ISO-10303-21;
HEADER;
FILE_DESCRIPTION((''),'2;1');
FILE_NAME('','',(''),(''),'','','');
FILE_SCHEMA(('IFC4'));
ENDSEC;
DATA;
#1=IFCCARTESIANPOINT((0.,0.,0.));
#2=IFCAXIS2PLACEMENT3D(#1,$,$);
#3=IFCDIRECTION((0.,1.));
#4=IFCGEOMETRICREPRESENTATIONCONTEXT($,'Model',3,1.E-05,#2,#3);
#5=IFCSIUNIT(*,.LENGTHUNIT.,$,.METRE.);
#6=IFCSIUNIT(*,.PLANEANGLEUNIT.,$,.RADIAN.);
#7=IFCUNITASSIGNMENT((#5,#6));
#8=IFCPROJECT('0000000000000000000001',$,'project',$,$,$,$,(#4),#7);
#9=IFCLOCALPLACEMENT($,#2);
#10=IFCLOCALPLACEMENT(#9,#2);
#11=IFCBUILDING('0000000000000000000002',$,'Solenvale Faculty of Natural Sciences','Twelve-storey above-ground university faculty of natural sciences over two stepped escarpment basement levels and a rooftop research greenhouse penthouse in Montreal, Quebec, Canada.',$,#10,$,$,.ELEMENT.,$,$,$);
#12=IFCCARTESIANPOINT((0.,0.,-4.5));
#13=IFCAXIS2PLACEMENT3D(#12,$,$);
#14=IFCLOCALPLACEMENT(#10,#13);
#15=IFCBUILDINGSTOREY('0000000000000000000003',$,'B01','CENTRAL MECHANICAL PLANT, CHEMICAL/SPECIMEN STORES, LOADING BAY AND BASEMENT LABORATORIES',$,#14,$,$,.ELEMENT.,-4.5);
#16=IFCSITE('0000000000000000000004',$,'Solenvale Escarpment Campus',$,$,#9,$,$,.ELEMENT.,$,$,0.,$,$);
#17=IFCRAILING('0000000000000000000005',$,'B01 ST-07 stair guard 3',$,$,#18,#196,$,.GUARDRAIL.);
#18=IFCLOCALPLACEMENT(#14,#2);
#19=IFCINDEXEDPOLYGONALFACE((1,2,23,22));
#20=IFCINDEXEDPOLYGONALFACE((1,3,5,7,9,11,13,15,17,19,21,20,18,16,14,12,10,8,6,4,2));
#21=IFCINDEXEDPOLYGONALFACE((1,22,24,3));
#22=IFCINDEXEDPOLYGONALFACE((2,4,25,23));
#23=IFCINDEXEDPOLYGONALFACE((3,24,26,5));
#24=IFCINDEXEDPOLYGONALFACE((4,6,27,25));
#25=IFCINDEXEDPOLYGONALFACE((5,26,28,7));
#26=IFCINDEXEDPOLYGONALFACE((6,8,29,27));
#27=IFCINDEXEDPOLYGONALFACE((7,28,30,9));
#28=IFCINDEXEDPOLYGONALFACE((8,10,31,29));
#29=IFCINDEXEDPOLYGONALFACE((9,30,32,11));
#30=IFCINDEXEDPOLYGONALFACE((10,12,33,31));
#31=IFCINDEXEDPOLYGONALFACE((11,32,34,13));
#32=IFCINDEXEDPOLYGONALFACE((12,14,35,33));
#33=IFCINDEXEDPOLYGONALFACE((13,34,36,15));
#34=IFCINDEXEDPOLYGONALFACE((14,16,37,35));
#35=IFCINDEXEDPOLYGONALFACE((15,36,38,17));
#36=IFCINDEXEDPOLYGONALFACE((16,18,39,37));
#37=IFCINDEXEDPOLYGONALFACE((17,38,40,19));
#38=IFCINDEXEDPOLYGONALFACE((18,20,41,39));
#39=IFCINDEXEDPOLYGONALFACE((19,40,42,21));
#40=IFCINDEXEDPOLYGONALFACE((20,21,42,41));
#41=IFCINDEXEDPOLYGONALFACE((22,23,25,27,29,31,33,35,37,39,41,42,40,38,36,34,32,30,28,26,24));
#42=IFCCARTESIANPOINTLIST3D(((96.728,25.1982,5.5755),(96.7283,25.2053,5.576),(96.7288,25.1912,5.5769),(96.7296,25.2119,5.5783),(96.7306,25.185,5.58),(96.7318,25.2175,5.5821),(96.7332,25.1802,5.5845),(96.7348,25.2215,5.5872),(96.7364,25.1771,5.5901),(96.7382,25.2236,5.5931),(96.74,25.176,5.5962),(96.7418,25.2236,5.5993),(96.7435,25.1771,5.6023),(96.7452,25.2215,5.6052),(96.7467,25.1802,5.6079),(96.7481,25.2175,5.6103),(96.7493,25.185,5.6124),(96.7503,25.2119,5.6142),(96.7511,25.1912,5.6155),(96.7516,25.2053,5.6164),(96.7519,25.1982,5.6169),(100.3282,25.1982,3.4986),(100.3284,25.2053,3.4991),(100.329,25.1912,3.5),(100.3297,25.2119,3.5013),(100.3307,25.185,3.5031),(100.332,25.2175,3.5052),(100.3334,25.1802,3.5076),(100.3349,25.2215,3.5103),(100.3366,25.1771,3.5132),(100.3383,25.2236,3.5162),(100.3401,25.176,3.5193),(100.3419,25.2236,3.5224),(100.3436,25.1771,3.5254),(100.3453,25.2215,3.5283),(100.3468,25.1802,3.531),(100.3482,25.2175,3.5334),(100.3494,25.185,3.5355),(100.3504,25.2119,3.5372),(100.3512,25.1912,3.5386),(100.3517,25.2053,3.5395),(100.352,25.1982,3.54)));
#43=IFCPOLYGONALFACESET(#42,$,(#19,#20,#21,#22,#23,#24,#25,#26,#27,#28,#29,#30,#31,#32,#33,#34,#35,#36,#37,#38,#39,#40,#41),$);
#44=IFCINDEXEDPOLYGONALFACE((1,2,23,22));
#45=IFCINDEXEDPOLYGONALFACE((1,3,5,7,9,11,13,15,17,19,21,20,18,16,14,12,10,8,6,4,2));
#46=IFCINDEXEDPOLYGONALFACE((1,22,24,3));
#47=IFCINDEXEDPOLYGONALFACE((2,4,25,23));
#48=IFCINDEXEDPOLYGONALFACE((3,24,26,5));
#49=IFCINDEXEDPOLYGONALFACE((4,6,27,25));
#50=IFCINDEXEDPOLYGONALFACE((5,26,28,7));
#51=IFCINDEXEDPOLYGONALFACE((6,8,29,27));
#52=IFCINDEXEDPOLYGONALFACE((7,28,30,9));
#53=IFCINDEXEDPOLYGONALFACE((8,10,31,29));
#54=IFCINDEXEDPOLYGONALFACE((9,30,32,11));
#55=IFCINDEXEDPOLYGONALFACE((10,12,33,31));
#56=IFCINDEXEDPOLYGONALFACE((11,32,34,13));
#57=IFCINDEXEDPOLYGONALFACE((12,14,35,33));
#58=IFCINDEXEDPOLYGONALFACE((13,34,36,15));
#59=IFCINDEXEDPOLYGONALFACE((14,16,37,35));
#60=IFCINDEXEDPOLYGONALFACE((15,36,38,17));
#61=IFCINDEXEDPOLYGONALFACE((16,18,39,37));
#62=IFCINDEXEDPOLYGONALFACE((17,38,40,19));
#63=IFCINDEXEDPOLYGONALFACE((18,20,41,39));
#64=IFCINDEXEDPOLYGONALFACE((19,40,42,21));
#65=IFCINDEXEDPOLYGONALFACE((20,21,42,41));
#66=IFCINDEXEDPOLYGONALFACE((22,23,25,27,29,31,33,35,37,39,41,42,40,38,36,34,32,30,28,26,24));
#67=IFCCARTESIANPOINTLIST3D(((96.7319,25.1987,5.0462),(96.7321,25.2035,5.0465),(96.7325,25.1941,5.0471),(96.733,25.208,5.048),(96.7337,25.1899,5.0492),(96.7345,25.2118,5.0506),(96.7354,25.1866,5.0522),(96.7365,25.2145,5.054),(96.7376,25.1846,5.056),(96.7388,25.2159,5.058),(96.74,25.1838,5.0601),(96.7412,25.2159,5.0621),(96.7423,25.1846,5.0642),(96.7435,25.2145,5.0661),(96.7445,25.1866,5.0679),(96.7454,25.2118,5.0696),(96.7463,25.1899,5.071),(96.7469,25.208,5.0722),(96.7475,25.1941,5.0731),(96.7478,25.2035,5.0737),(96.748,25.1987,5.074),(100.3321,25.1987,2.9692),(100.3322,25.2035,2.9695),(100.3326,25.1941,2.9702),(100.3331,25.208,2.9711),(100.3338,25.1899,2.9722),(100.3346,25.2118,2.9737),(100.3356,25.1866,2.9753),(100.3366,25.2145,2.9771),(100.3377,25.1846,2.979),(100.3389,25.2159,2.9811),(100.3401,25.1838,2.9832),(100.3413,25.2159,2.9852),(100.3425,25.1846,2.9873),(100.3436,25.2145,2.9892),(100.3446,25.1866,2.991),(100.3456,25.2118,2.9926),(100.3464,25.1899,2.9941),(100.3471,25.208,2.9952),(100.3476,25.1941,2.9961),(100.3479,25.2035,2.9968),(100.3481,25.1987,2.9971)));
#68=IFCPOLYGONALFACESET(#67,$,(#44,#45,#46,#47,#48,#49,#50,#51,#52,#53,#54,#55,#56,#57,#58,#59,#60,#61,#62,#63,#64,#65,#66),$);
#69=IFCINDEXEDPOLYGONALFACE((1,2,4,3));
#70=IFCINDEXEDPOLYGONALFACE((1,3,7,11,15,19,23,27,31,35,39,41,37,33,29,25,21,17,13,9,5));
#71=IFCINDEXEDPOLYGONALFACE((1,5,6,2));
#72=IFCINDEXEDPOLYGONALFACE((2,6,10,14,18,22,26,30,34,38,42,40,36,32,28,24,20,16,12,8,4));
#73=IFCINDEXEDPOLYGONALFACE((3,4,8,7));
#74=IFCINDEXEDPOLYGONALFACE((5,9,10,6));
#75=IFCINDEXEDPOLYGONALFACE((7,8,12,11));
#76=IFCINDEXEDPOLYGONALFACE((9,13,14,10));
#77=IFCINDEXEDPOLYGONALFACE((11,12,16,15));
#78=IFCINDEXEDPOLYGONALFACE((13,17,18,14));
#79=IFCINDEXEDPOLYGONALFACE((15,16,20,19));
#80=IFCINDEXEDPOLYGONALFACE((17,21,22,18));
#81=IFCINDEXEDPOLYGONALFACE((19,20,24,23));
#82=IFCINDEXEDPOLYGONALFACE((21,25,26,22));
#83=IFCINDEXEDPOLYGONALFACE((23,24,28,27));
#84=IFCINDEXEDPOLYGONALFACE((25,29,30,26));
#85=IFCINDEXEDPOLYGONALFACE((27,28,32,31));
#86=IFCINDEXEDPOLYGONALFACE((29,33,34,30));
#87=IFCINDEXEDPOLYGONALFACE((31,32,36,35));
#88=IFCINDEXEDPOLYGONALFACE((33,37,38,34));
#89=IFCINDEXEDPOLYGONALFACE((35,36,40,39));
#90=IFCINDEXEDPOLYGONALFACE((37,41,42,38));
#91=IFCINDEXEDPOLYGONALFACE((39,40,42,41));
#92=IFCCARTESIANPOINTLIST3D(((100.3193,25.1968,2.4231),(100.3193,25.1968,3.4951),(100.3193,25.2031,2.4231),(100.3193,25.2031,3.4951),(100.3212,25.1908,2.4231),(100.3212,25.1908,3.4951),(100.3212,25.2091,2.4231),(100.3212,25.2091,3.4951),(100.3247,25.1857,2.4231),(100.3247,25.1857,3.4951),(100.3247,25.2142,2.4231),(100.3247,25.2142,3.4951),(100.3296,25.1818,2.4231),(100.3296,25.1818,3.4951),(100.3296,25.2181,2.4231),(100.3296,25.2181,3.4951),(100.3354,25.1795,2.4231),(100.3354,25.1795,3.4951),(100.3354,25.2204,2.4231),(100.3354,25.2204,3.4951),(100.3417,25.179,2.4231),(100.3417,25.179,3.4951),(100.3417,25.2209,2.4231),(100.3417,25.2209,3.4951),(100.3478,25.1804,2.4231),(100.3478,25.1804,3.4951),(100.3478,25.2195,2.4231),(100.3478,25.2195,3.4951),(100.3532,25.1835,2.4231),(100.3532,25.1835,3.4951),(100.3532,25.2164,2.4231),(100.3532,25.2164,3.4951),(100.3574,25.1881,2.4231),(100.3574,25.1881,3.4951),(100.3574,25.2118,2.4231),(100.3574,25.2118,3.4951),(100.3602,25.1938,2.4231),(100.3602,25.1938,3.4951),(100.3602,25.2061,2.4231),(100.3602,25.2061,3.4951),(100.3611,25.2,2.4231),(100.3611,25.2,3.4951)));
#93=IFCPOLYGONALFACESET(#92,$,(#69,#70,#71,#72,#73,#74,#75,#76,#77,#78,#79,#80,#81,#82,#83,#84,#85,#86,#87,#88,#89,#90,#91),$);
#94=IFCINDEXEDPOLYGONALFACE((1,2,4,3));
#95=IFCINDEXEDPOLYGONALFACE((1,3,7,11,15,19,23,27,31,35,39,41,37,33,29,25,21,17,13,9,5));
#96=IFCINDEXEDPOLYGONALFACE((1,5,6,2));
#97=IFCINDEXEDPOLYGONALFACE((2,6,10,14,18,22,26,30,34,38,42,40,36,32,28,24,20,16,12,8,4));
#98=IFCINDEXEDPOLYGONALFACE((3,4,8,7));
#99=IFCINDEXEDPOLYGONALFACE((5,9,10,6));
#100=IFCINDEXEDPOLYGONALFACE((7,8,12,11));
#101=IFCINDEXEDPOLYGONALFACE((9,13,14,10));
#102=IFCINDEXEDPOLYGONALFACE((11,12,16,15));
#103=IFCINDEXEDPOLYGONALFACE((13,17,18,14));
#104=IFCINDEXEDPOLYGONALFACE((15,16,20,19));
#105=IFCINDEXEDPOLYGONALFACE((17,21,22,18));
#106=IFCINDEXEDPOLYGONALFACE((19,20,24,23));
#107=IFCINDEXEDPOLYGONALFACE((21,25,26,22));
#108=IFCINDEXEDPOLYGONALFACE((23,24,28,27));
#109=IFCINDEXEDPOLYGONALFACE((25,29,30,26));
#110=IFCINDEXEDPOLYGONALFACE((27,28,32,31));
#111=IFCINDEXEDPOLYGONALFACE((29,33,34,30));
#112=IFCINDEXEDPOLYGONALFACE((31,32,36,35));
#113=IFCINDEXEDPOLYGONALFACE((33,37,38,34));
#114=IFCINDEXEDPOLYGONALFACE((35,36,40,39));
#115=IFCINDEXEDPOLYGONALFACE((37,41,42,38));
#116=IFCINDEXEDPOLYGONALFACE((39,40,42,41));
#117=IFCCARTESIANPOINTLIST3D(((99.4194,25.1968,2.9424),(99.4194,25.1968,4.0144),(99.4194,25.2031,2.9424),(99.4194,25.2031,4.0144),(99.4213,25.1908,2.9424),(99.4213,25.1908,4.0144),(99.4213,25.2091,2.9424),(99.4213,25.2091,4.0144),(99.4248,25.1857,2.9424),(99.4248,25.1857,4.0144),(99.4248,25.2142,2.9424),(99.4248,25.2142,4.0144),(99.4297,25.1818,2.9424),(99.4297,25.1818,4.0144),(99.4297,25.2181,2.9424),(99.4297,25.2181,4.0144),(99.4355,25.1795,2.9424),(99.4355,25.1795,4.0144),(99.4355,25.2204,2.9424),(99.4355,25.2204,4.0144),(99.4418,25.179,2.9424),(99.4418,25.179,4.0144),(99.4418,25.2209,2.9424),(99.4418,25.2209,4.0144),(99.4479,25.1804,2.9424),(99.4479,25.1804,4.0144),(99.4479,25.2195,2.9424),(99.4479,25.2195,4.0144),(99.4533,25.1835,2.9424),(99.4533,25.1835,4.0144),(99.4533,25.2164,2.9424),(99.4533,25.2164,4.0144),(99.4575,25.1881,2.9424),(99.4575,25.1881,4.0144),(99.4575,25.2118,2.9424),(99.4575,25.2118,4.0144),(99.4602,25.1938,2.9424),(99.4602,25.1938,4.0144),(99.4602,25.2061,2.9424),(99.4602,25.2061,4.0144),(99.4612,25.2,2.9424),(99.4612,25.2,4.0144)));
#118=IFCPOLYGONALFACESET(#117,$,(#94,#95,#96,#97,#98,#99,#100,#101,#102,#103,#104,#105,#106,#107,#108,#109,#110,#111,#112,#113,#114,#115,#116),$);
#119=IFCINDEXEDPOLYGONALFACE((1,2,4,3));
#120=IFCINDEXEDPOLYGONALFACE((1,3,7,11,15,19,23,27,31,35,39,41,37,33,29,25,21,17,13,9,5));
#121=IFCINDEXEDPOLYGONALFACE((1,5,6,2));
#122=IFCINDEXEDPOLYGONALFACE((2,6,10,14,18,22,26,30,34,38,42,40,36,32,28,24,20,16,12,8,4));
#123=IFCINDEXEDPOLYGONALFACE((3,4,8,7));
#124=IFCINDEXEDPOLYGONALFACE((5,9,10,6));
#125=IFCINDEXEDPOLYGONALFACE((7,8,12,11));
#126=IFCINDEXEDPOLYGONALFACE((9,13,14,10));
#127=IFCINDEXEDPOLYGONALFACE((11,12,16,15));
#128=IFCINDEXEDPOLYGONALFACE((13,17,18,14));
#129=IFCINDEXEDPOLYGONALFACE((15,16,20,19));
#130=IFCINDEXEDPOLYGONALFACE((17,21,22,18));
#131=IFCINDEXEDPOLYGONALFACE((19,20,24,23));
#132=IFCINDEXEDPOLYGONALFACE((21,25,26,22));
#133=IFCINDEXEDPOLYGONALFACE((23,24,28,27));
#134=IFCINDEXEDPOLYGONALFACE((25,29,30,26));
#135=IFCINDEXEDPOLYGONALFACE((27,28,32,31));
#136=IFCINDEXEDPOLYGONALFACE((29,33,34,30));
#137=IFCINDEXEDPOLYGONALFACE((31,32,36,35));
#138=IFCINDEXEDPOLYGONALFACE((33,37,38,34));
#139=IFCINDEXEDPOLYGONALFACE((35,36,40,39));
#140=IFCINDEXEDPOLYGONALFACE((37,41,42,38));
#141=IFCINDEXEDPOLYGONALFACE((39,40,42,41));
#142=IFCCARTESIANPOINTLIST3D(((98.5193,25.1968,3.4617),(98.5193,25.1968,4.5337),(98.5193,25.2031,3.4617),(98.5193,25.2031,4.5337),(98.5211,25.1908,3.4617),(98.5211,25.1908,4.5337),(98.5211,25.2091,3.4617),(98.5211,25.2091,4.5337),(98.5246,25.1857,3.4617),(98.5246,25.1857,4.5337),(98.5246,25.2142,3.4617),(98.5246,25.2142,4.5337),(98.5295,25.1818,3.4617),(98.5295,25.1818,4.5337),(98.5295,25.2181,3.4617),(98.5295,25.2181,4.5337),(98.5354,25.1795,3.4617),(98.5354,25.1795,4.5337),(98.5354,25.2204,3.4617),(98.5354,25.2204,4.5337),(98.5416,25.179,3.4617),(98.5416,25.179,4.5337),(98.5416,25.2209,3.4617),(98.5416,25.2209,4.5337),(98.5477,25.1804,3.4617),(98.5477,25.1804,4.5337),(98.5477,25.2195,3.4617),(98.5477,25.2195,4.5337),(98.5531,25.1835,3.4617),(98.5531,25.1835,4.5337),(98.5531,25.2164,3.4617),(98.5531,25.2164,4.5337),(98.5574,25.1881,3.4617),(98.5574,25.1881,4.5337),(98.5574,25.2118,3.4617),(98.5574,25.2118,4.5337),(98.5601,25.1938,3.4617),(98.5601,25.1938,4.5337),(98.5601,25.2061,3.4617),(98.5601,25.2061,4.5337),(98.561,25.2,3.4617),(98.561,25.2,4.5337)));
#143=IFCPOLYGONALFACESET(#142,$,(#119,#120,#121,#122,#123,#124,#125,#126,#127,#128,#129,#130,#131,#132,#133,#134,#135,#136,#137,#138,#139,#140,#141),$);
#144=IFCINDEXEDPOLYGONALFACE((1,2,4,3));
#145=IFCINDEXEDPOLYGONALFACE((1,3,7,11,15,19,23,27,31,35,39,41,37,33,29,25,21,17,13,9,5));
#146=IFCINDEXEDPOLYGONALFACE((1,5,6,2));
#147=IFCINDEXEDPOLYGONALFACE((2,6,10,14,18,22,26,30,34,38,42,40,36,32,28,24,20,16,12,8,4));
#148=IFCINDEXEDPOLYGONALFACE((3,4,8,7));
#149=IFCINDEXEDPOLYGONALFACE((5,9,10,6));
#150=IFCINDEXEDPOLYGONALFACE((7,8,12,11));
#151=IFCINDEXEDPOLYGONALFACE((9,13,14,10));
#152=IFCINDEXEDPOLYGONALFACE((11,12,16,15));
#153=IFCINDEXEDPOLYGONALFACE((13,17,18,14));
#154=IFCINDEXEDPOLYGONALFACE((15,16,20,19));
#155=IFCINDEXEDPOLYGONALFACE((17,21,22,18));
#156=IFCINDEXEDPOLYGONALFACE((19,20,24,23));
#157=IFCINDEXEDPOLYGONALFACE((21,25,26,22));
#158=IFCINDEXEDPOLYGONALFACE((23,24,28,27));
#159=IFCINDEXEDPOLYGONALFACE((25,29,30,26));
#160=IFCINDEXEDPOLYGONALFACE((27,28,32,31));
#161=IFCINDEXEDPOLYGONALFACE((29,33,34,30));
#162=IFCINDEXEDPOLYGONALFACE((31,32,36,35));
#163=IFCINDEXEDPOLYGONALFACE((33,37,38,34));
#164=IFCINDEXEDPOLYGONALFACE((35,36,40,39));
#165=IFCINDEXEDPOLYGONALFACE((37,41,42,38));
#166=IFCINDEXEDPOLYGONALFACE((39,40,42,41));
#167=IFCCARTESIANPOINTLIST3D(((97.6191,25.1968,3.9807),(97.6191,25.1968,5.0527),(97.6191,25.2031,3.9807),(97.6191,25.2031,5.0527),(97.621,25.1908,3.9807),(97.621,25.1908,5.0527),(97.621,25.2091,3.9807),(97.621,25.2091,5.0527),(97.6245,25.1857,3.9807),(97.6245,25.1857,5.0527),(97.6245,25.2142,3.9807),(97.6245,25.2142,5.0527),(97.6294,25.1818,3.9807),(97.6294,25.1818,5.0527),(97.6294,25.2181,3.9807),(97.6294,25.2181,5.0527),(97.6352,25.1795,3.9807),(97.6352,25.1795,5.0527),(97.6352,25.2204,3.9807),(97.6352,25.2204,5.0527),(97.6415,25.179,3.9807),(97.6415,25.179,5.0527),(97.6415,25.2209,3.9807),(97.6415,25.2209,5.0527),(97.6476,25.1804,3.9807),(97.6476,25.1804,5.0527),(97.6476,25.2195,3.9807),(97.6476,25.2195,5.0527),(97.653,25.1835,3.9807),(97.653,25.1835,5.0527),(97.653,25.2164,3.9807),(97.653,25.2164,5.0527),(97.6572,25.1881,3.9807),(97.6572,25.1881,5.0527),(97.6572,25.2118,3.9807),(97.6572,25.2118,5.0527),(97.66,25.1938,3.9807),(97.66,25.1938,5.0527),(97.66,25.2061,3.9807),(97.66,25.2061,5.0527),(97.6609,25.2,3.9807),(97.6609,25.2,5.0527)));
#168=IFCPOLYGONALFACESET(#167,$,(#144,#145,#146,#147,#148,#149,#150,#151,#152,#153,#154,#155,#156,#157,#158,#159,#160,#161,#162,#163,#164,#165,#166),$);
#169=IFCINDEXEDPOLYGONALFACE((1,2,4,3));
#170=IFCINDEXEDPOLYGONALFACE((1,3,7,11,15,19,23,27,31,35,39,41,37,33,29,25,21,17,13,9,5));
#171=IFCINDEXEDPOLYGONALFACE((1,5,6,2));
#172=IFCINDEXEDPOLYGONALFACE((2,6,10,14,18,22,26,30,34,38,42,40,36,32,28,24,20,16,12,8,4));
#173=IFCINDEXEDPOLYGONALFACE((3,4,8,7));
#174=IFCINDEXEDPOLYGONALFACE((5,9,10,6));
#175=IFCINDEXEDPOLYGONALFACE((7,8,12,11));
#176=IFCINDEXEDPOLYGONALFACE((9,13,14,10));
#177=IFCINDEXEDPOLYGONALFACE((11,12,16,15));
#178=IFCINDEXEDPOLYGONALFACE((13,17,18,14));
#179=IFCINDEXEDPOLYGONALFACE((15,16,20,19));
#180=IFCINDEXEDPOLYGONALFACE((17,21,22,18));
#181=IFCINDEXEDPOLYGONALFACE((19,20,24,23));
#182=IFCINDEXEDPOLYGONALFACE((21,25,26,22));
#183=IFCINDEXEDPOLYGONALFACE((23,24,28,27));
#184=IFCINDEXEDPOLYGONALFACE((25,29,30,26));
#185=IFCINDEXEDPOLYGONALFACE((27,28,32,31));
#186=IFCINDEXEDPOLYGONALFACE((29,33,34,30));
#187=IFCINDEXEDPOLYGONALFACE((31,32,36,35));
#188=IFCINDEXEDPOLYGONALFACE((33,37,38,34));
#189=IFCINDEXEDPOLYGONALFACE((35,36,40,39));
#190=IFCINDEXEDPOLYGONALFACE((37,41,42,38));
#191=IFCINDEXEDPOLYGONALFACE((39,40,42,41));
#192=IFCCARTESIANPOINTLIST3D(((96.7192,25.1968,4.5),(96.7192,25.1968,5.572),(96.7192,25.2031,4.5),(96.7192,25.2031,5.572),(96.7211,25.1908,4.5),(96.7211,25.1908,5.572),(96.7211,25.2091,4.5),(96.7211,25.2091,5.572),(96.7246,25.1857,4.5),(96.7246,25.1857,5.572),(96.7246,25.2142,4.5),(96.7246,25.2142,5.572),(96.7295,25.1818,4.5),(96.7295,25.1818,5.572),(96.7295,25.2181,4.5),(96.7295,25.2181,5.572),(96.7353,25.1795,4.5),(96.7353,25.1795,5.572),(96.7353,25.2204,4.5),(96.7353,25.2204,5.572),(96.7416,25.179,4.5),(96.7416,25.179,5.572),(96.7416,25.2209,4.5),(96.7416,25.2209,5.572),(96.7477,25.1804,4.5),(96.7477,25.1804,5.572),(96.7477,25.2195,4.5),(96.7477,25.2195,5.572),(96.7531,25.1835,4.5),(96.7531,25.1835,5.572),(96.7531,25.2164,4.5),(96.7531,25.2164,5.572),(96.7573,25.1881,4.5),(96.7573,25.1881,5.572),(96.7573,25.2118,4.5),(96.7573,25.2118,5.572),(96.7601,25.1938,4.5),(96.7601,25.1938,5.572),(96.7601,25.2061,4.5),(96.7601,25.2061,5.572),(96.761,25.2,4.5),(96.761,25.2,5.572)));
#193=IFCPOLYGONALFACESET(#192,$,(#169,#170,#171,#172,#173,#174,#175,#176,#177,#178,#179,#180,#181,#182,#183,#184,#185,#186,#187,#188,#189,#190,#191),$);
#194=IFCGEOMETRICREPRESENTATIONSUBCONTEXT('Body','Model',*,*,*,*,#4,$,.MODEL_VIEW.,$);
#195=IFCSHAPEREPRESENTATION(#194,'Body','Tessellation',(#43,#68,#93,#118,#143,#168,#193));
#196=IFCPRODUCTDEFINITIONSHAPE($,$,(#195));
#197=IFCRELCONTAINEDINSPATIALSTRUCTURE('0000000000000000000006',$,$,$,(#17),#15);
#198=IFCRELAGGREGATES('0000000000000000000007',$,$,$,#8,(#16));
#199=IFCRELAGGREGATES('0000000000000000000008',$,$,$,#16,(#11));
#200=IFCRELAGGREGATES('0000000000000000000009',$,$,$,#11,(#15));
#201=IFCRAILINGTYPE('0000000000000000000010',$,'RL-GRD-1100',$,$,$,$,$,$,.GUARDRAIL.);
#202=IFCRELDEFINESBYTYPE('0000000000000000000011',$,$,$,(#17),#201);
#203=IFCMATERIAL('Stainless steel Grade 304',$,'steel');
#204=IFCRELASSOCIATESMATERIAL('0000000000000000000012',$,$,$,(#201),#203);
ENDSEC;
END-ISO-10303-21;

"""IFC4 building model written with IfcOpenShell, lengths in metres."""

from ifc_helpers import new_model, si_unit, direction, frame, origin, origin_2d, place, context, subcontext, project, spatial, circle, extrude, material, type_object, element, save


model = new_model("IFC4")

# Units and contexts
model_context = context("Model", 3, precision=1e-05, world=origin(), true_north=direction((0.0, 1.0)))
body_context = subcontext(model_context, "Body", "Model", "MODEL_VIEW")
ifc_project = project(units=[si_unit("LENGTHUNIT", "METRE"), si_unit("PLANEANGLEUNIT", "RADIAN")], contexts=[model_context])

# Site, building, storey
site_placement = place(None, origin())
site = spatial("IfcSite", under=ifc_project, at=site_placement, Name="Solenvale Escarpment Campus", CompositionType="ELEMENT", RefElevation=0.0)
building_placement = place(site_placement, origin())
building = spatial("IfcBuilding", under=site, at=building_placement, Name="Solenvale Faculty of Natural Sciences", Description="Twelve-storey above-ground university faculty of natural sciences over two stepped escarpment basement levels and a rooftop research greenhouse penthouse in Montreal, Quebec, Canada.", CompositionType="ELEMENT")
storey_placement = place(building_placement, frame((0.0, 0.0, -4.5)))
storey = spatial("IfcBuildingStorey", under=building, at=storey_placement, Name="B01", Description="CENTRAL MECHANICAL PLANT, CHEMICAL/SPECIMEN STORES, LOADING BAY AND BASEMENT LABORATORIES", CompositionType="ELEMENT", Elevation=-4.5)

# Railing
ifc_material_1 = material(Name="Stainless steel Grade 304", Category="steel")
railing_type_1 = type_object("IfcRailingType", Name="RL-GRD-1100", PredefinedType="GUARDRAIL", material=ifc_material_1)
railing_1_placement = place(storey_placement, frame((100.3401, 25.2, 2.4231)))
element("IfcRailing", 1, at=railing_1_placement, inside=storey, type_object=railing_type_1, Name="B01 ST-07 stair guard 3", PredefinedType="GUARDRAIL", context=body_context, shape_type="SweptSolid", body=[
    extrude(circle(Radius=0.0239, at=origin_2d()), frame((0.0, 0.0, 1.0962), z_axis=(-0.866193, 0.0, 0.499709), x_axis=(0.0, -1.0, 0.0)), (0.0, 0.0, 1.0), 4.1562),
    extrude(circle(Radius=0.0161, at=origin_2d()), frame((0.0, 0.0, 0.5601), z_axis=(-0.866193, 0.0, 0.499709), x_axis=(0.0, -1.0, 0.0)), (0.0, 0.0, 1.0), 4.1562),
    extrude(circle(Radius=0.021, at=origin_2d()), origin(), (0.0, 0.0, 1.0), 1.072),
    extrude(circle(Radius=0.021, at=origin_2d()), frame((-0.8999, 0.0, 0.5193)), (0.0, 0.0, 1.0), 1.072),
    extrude(circle(Radius=0.021, at=origin_2d()), frame((-1.8, 0.0, 1.0386)), (0.0, 0.0, 1.0), 1.072),
    extrude(circle(Radius=0.021, at=origin_2d()), frame((-2.7002, 0.0, 1.5576)), (0.0, 0.0, 1.0), 1.072),
    extrude(circle(Radius=0.021, at=origin_2d()), frame((-3.6001, 0.0, 2.0769)), (0.0, 0.0, 1.0), 1.072),
])

save(model, "model.ifc")
